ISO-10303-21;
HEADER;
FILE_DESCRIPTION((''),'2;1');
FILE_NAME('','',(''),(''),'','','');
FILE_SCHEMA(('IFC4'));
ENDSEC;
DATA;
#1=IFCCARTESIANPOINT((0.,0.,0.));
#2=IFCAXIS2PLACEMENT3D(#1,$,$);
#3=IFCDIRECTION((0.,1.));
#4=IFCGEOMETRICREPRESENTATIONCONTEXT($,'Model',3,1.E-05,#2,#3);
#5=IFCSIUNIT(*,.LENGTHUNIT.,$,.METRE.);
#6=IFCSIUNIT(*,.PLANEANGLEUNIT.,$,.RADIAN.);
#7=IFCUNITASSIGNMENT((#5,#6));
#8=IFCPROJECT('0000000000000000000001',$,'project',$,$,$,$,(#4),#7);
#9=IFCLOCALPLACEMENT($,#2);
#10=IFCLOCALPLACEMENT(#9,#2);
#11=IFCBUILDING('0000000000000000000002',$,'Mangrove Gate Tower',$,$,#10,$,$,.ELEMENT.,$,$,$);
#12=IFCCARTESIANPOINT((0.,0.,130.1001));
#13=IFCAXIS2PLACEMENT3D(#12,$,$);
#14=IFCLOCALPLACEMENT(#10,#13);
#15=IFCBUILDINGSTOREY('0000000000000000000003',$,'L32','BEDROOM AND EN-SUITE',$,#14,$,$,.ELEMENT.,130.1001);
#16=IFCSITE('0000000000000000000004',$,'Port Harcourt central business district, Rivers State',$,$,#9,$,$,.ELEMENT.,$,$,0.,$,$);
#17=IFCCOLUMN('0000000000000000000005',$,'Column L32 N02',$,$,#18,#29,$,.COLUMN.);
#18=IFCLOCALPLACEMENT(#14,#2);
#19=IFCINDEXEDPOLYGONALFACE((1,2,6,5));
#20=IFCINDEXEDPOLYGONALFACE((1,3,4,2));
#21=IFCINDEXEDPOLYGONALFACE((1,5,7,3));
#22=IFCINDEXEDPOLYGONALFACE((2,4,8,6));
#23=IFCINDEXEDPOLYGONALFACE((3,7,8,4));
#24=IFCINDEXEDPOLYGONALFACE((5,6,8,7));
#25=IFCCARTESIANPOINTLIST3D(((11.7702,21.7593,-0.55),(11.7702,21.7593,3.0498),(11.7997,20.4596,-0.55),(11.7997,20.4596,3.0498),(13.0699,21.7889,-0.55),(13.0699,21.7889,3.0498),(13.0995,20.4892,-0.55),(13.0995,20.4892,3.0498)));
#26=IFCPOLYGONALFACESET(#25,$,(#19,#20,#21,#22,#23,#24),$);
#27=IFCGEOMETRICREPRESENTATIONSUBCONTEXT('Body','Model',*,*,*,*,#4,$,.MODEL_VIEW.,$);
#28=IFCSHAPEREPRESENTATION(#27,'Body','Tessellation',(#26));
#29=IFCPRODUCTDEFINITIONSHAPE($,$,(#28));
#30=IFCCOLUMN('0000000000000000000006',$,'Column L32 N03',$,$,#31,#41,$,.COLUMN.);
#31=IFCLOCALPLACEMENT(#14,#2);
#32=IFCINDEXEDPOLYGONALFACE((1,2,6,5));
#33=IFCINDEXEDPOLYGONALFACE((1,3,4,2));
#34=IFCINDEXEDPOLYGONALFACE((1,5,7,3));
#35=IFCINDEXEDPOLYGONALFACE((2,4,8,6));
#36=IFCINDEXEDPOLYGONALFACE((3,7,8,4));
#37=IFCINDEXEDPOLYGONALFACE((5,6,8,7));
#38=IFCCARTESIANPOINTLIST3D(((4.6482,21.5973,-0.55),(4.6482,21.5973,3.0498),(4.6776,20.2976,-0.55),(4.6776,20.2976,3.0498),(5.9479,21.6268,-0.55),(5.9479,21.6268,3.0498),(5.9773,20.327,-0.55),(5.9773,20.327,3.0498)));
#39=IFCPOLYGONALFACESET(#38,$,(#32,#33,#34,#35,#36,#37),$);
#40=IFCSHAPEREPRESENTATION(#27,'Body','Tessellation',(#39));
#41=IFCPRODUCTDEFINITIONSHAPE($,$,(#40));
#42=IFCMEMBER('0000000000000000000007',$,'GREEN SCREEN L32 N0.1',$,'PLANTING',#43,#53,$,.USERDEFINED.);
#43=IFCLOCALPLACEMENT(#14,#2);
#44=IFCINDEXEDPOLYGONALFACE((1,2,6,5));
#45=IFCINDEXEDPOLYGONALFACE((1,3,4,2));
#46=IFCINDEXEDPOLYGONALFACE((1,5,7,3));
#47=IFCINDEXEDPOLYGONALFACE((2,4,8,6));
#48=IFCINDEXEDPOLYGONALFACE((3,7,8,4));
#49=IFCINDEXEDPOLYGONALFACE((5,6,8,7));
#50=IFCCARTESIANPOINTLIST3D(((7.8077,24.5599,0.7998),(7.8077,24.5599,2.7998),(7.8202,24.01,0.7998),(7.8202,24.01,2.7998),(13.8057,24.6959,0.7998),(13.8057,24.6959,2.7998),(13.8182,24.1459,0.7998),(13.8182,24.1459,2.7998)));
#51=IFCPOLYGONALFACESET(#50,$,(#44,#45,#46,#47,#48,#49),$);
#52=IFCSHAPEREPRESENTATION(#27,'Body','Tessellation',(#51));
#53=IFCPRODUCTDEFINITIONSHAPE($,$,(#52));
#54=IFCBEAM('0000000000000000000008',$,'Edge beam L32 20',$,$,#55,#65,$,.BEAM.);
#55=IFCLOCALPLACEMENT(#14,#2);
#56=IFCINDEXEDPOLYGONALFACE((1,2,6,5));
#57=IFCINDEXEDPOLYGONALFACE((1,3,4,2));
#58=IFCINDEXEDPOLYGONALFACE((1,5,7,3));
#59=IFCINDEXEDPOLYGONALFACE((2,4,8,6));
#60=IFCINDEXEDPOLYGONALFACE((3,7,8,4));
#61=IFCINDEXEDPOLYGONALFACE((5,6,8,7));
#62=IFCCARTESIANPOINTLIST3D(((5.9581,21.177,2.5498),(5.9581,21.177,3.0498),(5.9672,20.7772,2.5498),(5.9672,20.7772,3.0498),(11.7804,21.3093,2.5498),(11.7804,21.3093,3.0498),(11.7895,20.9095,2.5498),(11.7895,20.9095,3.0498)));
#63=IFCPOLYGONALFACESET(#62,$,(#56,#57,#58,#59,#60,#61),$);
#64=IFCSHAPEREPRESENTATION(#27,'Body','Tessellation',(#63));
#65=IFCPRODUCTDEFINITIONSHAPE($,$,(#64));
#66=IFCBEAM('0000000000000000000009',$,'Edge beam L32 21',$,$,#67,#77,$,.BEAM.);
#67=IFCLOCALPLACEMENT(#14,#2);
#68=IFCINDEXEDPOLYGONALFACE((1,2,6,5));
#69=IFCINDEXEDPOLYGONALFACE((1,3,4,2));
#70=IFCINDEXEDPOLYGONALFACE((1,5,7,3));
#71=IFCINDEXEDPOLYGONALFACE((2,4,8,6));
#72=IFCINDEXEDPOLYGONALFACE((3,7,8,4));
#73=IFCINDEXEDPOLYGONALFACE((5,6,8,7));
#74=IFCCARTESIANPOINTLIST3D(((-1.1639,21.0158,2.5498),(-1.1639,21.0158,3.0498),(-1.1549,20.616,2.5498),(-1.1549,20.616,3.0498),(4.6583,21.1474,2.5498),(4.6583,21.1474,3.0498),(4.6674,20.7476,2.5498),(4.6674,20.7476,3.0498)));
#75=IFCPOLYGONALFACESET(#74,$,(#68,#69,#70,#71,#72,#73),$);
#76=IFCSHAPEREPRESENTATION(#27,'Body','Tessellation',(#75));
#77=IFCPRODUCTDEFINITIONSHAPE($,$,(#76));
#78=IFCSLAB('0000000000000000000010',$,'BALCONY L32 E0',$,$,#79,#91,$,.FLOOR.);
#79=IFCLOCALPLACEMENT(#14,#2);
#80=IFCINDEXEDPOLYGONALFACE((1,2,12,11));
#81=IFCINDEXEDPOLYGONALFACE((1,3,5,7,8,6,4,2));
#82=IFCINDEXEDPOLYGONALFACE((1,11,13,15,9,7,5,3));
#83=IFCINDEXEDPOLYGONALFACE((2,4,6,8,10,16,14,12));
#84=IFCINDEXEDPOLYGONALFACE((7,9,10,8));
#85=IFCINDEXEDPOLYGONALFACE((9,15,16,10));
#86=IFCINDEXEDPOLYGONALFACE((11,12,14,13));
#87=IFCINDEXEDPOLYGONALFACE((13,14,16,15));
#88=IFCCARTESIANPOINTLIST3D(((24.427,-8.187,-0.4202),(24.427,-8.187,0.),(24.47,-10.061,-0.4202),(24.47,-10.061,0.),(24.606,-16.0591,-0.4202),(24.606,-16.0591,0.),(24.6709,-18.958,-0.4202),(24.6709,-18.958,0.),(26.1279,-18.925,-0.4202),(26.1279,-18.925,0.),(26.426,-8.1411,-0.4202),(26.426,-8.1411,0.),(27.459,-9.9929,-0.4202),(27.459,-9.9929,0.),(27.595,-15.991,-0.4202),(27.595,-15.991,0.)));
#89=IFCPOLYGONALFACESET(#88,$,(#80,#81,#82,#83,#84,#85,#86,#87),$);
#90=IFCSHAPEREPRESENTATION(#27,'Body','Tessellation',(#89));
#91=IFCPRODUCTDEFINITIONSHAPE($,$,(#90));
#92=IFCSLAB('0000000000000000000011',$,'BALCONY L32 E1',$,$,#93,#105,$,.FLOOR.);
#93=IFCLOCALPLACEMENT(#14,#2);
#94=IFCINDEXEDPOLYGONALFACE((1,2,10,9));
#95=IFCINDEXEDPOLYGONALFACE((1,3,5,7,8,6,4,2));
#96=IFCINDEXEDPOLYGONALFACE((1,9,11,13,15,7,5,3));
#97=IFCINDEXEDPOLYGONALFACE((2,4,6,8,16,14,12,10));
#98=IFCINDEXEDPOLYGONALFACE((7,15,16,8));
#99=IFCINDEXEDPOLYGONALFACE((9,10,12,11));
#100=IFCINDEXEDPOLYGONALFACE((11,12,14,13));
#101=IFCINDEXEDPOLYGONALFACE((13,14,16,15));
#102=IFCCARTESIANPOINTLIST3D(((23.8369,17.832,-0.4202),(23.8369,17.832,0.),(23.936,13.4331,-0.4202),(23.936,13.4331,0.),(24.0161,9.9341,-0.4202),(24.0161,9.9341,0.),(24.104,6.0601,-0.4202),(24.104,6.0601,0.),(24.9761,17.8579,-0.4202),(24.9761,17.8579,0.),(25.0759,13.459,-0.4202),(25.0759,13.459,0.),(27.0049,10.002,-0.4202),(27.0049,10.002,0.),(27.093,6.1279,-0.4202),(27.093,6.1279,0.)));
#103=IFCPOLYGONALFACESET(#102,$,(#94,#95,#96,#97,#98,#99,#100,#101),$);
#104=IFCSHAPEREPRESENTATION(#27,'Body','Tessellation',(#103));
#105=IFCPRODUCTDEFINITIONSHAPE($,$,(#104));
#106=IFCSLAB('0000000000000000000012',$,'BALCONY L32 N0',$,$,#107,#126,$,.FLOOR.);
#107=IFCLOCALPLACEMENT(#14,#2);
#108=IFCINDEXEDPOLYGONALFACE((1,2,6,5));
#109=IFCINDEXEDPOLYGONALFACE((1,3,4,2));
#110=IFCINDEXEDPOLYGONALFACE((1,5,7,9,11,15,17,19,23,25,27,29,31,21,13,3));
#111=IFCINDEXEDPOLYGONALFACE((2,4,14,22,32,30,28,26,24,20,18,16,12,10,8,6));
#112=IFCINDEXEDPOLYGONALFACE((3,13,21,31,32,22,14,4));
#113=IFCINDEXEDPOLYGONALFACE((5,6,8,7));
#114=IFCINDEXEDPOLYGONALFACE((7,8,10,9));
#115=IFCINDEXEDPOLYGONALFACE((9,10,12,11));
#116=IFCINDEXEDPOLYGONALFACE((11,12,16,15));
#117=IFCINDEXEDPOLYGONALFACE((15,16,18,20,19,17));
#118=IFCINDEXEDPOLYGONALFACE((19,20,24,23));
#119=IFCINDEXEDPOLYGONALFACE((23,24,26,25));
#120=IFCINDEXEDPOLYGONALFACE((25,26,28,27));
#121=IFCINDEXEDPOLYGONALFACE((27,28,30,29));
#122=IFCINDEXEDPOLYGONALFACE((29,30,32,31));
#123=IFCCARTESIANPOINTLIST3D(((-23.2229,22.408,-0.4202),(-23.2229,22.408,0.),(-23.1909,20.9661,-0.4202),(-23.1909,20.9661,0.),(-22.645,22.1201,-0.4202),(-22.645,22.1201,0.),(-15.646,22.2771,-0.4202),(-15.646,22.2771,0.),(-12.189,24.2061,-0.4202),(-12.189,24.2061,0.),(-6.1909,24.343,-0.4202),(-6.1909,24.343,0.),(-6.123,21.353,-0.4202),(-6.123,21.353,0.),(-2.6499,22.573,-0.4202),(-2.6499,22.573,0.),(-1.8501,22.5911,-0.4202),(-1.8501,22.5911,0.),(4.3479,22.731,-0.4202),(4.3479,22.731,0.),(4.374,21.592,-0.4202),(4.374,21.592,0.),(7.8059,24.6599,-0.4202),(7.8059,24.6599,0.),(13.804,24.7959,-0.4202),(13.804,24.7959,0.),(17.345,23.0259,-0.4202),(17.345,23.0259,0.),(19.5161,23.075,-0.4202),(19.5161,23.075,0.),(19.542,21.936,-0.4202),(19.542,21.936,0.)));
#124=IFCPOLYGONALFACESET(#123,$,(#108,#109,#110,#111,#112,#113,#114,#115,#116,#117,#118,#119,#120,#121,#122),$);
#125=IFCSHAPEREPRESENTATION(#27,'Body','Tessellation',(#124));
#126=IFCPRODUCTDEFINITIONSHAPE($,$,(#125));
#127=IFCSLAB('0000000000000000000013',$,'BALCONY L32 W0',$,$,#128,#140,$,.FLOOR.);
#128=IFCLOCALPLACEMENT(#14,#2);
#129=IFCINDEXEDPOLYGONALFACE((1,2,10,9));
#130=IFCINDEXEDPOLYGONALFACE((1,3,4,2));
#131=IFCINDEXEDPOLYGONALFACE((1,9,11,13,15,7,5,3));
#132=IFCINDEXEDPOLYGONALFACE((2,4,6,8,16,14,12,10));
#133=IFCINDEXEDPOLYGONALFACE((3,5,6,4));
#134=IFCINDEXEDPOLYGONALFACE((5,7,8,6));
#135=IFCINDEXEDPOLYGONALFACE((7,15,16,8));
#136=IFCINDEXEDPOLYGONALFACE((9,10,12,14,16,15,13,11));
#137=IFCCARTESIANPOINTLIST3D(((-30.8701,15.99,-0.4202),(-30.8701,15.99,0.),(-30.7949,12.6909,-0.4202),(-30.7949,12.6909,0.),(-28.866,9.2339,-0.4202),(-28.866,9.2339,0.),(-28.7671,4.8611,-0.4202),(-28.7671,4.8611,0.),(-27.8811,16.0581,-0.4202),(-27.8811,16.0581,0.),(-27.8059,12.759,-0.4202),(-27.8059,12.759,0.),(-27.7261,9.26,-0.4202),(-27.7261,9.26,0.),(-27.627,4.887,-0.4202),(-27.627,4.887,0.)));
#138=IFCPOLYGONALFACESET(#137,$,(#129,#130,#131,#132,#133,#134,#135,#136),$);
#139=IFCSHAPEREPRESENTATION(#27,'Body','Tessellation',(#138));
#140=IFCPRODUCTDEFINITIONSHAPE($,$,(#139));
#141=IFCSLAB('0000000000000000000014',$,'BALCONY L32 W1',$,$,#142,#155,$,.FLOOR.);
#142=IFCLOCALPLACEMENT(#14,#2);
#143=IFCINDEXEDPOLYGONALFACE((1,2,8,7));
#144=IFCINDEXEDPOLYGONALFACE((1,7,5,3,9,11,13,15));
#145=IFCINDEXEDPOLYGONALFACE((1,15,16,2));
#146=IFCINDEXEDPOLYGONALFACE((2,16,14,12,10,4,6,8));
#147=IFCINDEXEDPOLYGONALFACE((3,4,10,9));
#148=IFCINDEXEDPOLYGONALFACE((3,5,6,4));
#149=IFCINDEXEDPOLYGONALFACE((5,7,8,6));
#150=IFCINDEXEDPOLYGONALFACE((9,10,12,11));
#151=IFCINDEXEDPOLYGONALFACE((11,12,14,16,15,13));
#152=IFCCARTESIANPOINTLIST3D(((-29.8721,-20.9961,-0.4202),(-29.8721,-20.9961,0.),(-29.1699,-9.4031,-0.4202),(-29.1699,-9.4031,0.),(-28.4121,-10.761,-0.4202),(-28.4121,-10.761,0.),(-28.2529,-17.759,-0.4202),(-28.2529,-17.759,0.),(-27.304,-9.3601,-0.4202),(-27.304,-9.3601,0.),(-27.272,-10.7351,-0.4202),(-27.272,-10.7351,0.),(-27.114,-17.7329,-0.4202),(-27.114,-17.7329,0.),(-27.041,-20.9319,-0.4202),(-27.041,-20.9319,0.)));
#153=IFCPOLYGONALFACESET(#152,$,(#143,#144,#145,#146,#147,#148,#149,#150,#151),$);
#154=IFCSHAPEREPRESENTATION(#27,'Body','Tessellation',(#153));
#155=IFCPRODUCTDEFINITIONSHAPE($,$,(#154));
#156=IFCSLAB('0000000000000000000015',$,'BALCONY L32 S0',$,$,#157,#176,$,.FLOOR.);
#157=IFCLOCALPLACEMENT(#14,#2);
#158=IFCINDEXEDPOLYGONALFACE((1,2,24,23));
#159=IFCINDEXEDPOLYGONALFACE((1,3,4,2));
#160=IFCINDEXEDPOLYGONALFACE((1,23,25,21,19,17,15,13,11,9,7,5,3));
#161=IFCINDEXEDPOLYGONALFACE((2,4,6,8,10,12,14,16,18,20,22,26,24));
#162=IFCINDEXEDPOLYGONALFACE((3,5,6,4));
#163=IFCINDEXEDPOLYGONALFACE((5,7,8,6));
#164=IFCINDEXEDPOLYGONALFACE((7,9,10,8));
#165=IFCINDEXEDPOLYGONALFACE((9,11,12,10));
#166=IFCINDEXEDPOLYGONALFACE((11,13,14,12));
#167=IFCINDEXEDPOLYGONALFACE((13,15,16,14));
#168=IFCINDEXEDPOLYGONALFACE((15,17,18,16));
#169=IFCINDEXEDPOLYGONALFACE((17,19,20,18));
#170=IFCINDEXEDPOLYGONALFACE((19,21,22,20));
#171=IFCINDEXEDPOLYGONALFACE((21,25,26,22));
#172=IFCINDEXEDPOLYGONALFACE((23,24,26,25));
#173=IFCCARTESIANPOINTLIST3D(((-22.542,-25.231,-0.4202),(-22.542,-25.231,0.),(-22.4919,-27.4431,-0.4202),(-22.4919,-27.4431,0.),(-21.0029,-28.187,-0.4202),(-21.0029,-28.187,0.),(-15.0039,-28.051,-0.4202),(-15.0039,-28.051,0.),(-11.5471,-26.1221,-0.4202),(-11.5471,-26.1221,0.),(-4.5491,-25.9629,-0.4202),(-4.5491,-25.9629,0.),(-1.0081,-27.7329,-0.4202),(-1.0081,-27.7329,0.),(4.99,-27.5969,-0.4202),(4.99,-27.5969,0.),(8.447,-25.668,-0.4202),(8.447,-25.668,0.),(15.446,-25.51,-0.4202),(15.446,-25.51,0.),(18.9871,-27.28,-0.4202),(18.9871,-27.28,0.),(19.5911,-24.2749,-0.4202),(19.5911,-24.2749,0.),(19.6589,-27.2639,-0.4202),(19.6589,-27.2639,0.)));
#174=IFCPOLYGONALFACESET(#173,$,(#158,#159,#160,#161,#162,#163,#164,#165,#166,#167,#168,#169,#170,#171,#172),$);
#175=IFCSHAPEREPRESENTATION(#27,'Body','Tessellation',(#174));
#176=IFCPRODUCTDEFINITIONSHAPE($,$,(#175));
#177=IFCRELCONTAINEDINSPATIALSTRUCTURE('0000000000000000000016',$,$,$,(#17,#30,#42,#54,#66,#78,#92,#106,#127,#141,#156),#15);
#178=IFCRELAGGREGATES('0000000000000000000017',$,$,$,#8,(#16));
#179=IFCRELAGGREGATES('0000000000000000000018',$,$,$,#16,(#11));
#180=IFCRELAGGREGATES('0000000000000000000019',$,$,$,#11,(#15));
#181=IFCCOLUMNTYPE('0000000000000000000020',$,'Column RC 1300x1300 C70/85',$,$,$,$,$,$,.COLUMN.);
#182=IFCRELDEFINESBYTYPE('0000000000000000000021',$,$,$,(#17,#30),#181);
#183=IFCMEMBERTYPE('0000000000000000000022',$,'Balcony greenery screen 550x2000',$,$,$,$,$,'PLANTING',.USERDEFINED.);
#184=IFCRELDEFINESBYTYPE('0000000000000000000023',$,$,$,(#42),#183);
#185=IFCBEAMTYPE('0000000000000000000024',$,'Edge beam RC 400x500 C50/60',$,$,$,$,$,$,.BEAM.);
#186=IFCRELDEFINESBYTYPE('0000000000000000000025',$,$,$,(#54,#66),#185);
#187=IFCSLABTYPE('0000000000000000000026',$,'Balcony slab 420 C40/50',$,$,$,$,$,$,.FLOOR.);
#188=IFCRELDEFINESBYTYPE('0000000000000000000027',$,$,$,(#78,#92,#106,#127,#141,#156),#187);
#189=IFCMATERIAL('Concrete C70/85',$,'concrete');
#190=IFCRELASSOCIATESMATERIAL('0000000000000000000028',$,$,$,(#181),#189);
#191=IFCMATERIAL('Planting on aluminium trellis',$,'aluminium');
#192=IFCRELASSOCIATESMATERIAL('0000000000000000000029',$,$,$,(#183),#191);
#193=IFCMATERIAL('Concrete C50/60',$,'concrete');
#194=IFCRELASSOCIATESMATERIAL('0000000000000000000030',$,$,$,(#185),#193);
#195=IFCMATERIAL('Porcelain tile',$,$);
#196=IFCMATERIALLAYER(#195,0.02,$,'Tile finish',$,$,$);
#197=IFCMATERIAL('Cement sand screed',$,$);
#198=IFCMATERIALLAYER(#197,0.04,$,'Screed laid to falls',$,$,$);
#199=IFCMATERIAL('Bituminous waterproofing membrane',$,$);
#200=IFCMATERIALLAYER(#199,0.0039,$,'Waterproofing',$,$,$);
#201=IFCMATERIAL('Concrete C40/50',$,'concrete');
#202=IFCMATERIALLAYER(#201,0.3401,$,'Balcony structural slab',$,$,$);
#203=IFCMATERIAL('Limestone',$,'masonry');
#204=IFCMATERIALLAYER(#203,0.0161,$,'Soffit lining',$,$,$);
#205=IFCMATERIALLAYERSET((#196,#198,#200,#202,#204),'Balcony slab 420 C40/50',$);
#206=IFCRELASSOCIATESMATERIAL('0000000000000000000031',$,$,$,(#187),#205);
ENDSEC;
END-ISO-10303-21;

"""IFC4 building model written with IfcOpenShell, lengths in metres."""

from ifc_helpers import new_model, si_unit, direction, frame, origin, origin_2d, place, context, subcontext, project, spatial, polyline, rectangle, outline, extrude, material, layer, layer_set, material_profile, profile_set, type_object, element, save


model = new_model("IFC4")

# Units and contexts
model_context = context("Model", 3, precision=1e-05, world=origin(), true_north=direction((0.0, 1.0)))
body_context = subcontext(model_context, "Body", "Model", "MODEL_VIEW")
ifc_project = project(units=[si_unit("LENGTHUNIT", "METRE"), si_unit("PLANEANGLEUNIT", "RADIAN")], contexts=[model_context])

# Site, building, storey
site_placement = place(None, origin())
site = spatial("IfcSite", under=ifc_project, at=site_placement, Name="Port Harcourt central business district, Rivers State", CompositionType="ELEMENT", RefElevation=0.0)
building_placement = place(site_placement, origin())
building = spatial("IfcBuilding", under=site, at=building_placement, Name="Mangrove Gate Tower", CompositionType="ELEMENT")
storey_placement = place(building_placement, frame((0.0, 0.0, 130.1001)))
storey = spatial("IfcBuildingStorey", under=building, at=storey_placement, Name="L32", Description="BEDROOM AND EN-SUITE", CompositionType="ELEMENT", Elevation=130.1001)

# Columns
ifc_material_1 = material(Name="Concrete C70/85", Category="concrete")
ifc_material_profile_1 = material_profile(ifc_material_1, rectangle(XDim=1.3, YDim=1.3, at=origin_2d()))
ifc_profile_set_1 = profile_set([ifc_material_profile_1], Name="Concrete C70/85")
column_type = type_object("IfcColumnType", Name="Column RC 1300x1300 C70/85", PredefinedType="COLUMN", material=ifc_profile_set_1)
for number, where, z_axis, x_axis, name in (
    (1, (12.4348, 21.1243, -0.55), (0.0, 0.0, 1.0), (-0.999741, -0.022741, 0.0), "Column L32 N02"),
    (2, (5.3127, 20.9622, -0.55), (0.0, 0.0, 1.0), (-0.999743, -0.02267, 0.0), "Column L32 N03"),
):
    element("IfcColumn", number, at=place(storey_placement, frame(where, z_axis=z_axis, x_axis=x_axis)), inside=storey, type_object=column_type, Name=name, PredefinedType="COLUMN", context=body_context, shape_type="SweptSolid", body=[
        extrude(rectangle(XDim=1.3, YDim=1.3, at=origin_2d()), origin(), (0.0, 0.0, 1.0), 3.5999),
    ])

# Member
ifc_material_2 = material(Name="Planting on aluminium trellis", Category="aluminium")
ifc_material_profile_2 = material_profile(ifc_material_2, rectangle(XDim=0.55, YDim=2.0, at=origin_2d()))
ifc_profile_set_2 = profile_set([ifc_material_profile_2], Name="Planting on aluminium trellis")
member_type = type_object("IfcMemberType", Name="Balcony greenery screen 550x2000", ElementType="PLANTING", PredefinedType="USERDEFINED", material=ifc_profile_set_2)
member_placement = place(storey_placement, frame((7.814, 24.2849, 1.7998), z_axis=(0.999743, 0.022666, 0.0), x_axis=(-0.022666, 0.999743, 0.0)))
element("IfcMember", 3, at=member_placement, inside=storey, type_object=member_type, Name="GREEN SCREEN L32 N0.1", ObjectType="PLANTING", PredefinedType="USERDEFINED", context=body_context, shape_type="SweptSolid", body=[
    extrude(rectangle(XDim=0.55, YDim=2.0, at=origin_2d()), origin(), (0.0, 0.0, 1.0), 5.9995),
])

# Beams
ifc_material_3 = material(Name="Concrete C50/60", Category="concrete")
ifc_material_profile_3 = material_profile(ifc_material_3, rectangle(XDim=0.3999, YDim=0.5, at=origin_2d()))
ifc_profile_set_3 = profile_set([ifc_material_profile_3], Name="Concrete C50/60")
beam_type = type_object("IfcBeamType", Name="Edge beam RC 400x500 C50/60", PredefinedType="BEAM", material=ifc_profile_set_3)
for number, where, z_axis, x_axis, name in (
    (4, (11.7849, 21.1094, 2.7998), (-0.999742, -0.022721, 0.0), (0.022721, -0.999742, 0.0), "Edge beam L32 20"),
    (5, (4.6628, 20.9475, 2.7998), (-0.999745, -0.022596, 0.0), (0.022596, -0.999745, 0.0), "Edge beam L32 21"),
):
    element("IfcBeam", number, at=place(storey_placement, frame(where, z_axis=z_axis, x_axis=x_axis)), inside=storey, type_object=beam_type, Name=name, PredefinedType="BEAM", context=body_context, shape_type="SweptSolid", body=[
        extrude(rectangle(XDim=0.3999, YDim=0.5, at=origin_2d()), origin(), (0.0, 0.0, 1.0), 5.8237),
    ])

# Slabs
ifc_material_4 = material(Name="Porcelain tile")
ifc_layer_1 = layer(ifc_material_4, 0.02, Name="Tile finish")
ifc_material_5 = material(Name="Cement sand screed")
ifc_layer_2 = layer(ifc_material_5, 0.04, Name="Screed laid to falls")
ifc_material_6 = material(Name="Bituminous waterproofing membrane")
ifc_layer_3 = layer(ifc_material_6, 0.0039, Name="Waterproofing")
ifc_material_7 = material(Name="Concrete C40/50", Category="concrete")
ifc_layer_4 = layer(ifc_material_7, 0.3401, Name="Balcony structural slab")
ifc_material_8 = material(Name="Limestone", Category="masonry")
ifc_layer_5 = layer(ifc_material_8, 0.0161, Name="Soffit lining")
ifc_layer_set_1 = layer_set([ifc_layer_1, ifc_layer_2, ifc_layer_3, ifc_layer_4, ifc_layer_5], Name="Balcony slab 420 C40/50")
slab_type_1 = type_object("IfcSlabType", Name="Balcony slab 420 C40/50", PredefinedType="FLOOR", material=ifc_layer_set_1)
slab_1_placement = place(storey_placement, frame((0.0, 0.0, -0.4202)))
element("IfcSlab", 6, at=slab_1_placement, inside=storey, type_object=slab_type_1, Name="BALCONY L32 E0", PredefinedType="FLOOR", context=body_context, shape_type="SweptSolid", body=[
    extrude(outline(polyline([(26.1279, -18.925), (27.595, -15.991), (27.459, -9.9929), (26.426, -8.1411), (24.427, -8.187), (24.47, -10.061), (24.606, -16.0591), (24.6709, -18.958), (26.1279, -18.925)])), origin(), (0.0, 0.0, 1.0), 0.4202),
])
slab_2_placement = place(storey_placement, frame((0.0, 0.0, -0.4202)))
element("IfcSlab", 7, at=slab_2_placement, inside=storey, type_object=slab_type_1, Name="BALCONY L32 E1", PredefinedType="FLOOR", context=body_context, shape_type="SweptSolid", body=[
    extrude(outline(polyline([(27.093, 6.1279), (27.0049, 10.002), (25.0759, 13.459), (24.9761, 17.8579), (23.8369, 17.832), (23.936, 13.4331), (24.0161, 9.9341), (24.104, 6.0601), (27.093, 6.1279)])), origin(), (0.0, 0.0, 1.0), 0.4202),
])
slab_3_placement = place(storey_placement, frame((0.0, 0.0, -0.4202)))
element("IfcSlab", 8, at=slab_3_placement, inside=storey, type_object=slab_type_1, Name="BALCONY L32 N0", PredefinedType="FLOOR", context=body_context, shape_type="SweptSolid", body=[
    extrude(outline(polyline([(19.5161, 23.075), (17.345, 23.0259), (13.804, 24.7959), (7.8059, 24.6599), (4.3479, 22.731), (-1.8501, 22.5911), (-2.6499, 22.573), (-6.1909, 24.343), (-12.189, 24.2061), (-15.646, 22.2771), (-22.645, 22.1201), (-23.2229, 22.408), (-23.1909, 20.9661), (-6.123, 21.353), (4.374, 21.592), (19.542, 21.936), (19.5161, 23.075)])), origin(), (0.0, 0.0, 1.0), 0.4202),
])
slab_4_placement = place(storey_placement, frame((0.0, 0.0, -0.4202)))
element("IfcSlab", 9, at=slab_4_placement, inside=storey, type_object=slab_type_1, Name="BALCONY L32 W0", PredefinedType="FLOOR", context=body_context, shape_type="SweptSolid", body=[
    extrude(outline(polyline([(-30.8701, 15.99), (-30.7949, 12.6909), (-28.866, 9.2339), (-28.7671, 4.8611), (-27.627, 4.887), (-27.7261, 9.26), (-27.8059, 12.759), (-27.8811, 16.0581), (-30.8701, 15.99)])), origin(), (0.0, 0.0, 1.0), 0.4202),
])
slab_5_placement = place(storey_placement, frame((0.0, 0.0, -0.4202)))
element("IfcSlab", 10, at=slab_5_placement, inside=storey, type_object=slab_type_1, Name="BALCONY L32 W1", PredefinedType="FLOOR", context=body_context, shape_type="SweptSolid", body=[
    extrude(outline(polyline([(-29.1699, -9.4031), (-28.4121, -10.761), (-28.2529, -17.759), (-29.8721, -20.9961), (-27.041, -20.9319), (-27.114, -17.7329), (-27.272, -10.7351), (-27.304, -9.3601), (-29.1699, -9.4031)])), origin(), (0.0, 0.0, 1.0), 0.4202),
])
slab_6_placement = place(storey_placement, frame((0.0, 0.0, -0.4202)))
element("IfcSlab", 11, at=slab_6_placement, inside=storey, type_object=slab_type_1, Name="BALCONY L32 S0", PredefinedType="FLOOR", context=body_context, shape_type="SweptSolid", body=[
    extrude(outline(polyline([(-22.4919, -27.4431), (-21.0029, -28.187), (-15.0039, -28.051), (-11.5471, -26.1221), (-4.5491, -25.9629), (-1.0081, -27.7329), (4.99, -27.5969), (8.447, -25.668), (15.446, -25.51), (18.9871, -27.28), (19.6589, -27.2639), (19.5911, -24.2749), (-22.542, -25.231), (-22.4919, -27.4431)])), origin(), (0.0, 0.0, 1.0), 0.4202),
])

save(model, "model.ifc")
